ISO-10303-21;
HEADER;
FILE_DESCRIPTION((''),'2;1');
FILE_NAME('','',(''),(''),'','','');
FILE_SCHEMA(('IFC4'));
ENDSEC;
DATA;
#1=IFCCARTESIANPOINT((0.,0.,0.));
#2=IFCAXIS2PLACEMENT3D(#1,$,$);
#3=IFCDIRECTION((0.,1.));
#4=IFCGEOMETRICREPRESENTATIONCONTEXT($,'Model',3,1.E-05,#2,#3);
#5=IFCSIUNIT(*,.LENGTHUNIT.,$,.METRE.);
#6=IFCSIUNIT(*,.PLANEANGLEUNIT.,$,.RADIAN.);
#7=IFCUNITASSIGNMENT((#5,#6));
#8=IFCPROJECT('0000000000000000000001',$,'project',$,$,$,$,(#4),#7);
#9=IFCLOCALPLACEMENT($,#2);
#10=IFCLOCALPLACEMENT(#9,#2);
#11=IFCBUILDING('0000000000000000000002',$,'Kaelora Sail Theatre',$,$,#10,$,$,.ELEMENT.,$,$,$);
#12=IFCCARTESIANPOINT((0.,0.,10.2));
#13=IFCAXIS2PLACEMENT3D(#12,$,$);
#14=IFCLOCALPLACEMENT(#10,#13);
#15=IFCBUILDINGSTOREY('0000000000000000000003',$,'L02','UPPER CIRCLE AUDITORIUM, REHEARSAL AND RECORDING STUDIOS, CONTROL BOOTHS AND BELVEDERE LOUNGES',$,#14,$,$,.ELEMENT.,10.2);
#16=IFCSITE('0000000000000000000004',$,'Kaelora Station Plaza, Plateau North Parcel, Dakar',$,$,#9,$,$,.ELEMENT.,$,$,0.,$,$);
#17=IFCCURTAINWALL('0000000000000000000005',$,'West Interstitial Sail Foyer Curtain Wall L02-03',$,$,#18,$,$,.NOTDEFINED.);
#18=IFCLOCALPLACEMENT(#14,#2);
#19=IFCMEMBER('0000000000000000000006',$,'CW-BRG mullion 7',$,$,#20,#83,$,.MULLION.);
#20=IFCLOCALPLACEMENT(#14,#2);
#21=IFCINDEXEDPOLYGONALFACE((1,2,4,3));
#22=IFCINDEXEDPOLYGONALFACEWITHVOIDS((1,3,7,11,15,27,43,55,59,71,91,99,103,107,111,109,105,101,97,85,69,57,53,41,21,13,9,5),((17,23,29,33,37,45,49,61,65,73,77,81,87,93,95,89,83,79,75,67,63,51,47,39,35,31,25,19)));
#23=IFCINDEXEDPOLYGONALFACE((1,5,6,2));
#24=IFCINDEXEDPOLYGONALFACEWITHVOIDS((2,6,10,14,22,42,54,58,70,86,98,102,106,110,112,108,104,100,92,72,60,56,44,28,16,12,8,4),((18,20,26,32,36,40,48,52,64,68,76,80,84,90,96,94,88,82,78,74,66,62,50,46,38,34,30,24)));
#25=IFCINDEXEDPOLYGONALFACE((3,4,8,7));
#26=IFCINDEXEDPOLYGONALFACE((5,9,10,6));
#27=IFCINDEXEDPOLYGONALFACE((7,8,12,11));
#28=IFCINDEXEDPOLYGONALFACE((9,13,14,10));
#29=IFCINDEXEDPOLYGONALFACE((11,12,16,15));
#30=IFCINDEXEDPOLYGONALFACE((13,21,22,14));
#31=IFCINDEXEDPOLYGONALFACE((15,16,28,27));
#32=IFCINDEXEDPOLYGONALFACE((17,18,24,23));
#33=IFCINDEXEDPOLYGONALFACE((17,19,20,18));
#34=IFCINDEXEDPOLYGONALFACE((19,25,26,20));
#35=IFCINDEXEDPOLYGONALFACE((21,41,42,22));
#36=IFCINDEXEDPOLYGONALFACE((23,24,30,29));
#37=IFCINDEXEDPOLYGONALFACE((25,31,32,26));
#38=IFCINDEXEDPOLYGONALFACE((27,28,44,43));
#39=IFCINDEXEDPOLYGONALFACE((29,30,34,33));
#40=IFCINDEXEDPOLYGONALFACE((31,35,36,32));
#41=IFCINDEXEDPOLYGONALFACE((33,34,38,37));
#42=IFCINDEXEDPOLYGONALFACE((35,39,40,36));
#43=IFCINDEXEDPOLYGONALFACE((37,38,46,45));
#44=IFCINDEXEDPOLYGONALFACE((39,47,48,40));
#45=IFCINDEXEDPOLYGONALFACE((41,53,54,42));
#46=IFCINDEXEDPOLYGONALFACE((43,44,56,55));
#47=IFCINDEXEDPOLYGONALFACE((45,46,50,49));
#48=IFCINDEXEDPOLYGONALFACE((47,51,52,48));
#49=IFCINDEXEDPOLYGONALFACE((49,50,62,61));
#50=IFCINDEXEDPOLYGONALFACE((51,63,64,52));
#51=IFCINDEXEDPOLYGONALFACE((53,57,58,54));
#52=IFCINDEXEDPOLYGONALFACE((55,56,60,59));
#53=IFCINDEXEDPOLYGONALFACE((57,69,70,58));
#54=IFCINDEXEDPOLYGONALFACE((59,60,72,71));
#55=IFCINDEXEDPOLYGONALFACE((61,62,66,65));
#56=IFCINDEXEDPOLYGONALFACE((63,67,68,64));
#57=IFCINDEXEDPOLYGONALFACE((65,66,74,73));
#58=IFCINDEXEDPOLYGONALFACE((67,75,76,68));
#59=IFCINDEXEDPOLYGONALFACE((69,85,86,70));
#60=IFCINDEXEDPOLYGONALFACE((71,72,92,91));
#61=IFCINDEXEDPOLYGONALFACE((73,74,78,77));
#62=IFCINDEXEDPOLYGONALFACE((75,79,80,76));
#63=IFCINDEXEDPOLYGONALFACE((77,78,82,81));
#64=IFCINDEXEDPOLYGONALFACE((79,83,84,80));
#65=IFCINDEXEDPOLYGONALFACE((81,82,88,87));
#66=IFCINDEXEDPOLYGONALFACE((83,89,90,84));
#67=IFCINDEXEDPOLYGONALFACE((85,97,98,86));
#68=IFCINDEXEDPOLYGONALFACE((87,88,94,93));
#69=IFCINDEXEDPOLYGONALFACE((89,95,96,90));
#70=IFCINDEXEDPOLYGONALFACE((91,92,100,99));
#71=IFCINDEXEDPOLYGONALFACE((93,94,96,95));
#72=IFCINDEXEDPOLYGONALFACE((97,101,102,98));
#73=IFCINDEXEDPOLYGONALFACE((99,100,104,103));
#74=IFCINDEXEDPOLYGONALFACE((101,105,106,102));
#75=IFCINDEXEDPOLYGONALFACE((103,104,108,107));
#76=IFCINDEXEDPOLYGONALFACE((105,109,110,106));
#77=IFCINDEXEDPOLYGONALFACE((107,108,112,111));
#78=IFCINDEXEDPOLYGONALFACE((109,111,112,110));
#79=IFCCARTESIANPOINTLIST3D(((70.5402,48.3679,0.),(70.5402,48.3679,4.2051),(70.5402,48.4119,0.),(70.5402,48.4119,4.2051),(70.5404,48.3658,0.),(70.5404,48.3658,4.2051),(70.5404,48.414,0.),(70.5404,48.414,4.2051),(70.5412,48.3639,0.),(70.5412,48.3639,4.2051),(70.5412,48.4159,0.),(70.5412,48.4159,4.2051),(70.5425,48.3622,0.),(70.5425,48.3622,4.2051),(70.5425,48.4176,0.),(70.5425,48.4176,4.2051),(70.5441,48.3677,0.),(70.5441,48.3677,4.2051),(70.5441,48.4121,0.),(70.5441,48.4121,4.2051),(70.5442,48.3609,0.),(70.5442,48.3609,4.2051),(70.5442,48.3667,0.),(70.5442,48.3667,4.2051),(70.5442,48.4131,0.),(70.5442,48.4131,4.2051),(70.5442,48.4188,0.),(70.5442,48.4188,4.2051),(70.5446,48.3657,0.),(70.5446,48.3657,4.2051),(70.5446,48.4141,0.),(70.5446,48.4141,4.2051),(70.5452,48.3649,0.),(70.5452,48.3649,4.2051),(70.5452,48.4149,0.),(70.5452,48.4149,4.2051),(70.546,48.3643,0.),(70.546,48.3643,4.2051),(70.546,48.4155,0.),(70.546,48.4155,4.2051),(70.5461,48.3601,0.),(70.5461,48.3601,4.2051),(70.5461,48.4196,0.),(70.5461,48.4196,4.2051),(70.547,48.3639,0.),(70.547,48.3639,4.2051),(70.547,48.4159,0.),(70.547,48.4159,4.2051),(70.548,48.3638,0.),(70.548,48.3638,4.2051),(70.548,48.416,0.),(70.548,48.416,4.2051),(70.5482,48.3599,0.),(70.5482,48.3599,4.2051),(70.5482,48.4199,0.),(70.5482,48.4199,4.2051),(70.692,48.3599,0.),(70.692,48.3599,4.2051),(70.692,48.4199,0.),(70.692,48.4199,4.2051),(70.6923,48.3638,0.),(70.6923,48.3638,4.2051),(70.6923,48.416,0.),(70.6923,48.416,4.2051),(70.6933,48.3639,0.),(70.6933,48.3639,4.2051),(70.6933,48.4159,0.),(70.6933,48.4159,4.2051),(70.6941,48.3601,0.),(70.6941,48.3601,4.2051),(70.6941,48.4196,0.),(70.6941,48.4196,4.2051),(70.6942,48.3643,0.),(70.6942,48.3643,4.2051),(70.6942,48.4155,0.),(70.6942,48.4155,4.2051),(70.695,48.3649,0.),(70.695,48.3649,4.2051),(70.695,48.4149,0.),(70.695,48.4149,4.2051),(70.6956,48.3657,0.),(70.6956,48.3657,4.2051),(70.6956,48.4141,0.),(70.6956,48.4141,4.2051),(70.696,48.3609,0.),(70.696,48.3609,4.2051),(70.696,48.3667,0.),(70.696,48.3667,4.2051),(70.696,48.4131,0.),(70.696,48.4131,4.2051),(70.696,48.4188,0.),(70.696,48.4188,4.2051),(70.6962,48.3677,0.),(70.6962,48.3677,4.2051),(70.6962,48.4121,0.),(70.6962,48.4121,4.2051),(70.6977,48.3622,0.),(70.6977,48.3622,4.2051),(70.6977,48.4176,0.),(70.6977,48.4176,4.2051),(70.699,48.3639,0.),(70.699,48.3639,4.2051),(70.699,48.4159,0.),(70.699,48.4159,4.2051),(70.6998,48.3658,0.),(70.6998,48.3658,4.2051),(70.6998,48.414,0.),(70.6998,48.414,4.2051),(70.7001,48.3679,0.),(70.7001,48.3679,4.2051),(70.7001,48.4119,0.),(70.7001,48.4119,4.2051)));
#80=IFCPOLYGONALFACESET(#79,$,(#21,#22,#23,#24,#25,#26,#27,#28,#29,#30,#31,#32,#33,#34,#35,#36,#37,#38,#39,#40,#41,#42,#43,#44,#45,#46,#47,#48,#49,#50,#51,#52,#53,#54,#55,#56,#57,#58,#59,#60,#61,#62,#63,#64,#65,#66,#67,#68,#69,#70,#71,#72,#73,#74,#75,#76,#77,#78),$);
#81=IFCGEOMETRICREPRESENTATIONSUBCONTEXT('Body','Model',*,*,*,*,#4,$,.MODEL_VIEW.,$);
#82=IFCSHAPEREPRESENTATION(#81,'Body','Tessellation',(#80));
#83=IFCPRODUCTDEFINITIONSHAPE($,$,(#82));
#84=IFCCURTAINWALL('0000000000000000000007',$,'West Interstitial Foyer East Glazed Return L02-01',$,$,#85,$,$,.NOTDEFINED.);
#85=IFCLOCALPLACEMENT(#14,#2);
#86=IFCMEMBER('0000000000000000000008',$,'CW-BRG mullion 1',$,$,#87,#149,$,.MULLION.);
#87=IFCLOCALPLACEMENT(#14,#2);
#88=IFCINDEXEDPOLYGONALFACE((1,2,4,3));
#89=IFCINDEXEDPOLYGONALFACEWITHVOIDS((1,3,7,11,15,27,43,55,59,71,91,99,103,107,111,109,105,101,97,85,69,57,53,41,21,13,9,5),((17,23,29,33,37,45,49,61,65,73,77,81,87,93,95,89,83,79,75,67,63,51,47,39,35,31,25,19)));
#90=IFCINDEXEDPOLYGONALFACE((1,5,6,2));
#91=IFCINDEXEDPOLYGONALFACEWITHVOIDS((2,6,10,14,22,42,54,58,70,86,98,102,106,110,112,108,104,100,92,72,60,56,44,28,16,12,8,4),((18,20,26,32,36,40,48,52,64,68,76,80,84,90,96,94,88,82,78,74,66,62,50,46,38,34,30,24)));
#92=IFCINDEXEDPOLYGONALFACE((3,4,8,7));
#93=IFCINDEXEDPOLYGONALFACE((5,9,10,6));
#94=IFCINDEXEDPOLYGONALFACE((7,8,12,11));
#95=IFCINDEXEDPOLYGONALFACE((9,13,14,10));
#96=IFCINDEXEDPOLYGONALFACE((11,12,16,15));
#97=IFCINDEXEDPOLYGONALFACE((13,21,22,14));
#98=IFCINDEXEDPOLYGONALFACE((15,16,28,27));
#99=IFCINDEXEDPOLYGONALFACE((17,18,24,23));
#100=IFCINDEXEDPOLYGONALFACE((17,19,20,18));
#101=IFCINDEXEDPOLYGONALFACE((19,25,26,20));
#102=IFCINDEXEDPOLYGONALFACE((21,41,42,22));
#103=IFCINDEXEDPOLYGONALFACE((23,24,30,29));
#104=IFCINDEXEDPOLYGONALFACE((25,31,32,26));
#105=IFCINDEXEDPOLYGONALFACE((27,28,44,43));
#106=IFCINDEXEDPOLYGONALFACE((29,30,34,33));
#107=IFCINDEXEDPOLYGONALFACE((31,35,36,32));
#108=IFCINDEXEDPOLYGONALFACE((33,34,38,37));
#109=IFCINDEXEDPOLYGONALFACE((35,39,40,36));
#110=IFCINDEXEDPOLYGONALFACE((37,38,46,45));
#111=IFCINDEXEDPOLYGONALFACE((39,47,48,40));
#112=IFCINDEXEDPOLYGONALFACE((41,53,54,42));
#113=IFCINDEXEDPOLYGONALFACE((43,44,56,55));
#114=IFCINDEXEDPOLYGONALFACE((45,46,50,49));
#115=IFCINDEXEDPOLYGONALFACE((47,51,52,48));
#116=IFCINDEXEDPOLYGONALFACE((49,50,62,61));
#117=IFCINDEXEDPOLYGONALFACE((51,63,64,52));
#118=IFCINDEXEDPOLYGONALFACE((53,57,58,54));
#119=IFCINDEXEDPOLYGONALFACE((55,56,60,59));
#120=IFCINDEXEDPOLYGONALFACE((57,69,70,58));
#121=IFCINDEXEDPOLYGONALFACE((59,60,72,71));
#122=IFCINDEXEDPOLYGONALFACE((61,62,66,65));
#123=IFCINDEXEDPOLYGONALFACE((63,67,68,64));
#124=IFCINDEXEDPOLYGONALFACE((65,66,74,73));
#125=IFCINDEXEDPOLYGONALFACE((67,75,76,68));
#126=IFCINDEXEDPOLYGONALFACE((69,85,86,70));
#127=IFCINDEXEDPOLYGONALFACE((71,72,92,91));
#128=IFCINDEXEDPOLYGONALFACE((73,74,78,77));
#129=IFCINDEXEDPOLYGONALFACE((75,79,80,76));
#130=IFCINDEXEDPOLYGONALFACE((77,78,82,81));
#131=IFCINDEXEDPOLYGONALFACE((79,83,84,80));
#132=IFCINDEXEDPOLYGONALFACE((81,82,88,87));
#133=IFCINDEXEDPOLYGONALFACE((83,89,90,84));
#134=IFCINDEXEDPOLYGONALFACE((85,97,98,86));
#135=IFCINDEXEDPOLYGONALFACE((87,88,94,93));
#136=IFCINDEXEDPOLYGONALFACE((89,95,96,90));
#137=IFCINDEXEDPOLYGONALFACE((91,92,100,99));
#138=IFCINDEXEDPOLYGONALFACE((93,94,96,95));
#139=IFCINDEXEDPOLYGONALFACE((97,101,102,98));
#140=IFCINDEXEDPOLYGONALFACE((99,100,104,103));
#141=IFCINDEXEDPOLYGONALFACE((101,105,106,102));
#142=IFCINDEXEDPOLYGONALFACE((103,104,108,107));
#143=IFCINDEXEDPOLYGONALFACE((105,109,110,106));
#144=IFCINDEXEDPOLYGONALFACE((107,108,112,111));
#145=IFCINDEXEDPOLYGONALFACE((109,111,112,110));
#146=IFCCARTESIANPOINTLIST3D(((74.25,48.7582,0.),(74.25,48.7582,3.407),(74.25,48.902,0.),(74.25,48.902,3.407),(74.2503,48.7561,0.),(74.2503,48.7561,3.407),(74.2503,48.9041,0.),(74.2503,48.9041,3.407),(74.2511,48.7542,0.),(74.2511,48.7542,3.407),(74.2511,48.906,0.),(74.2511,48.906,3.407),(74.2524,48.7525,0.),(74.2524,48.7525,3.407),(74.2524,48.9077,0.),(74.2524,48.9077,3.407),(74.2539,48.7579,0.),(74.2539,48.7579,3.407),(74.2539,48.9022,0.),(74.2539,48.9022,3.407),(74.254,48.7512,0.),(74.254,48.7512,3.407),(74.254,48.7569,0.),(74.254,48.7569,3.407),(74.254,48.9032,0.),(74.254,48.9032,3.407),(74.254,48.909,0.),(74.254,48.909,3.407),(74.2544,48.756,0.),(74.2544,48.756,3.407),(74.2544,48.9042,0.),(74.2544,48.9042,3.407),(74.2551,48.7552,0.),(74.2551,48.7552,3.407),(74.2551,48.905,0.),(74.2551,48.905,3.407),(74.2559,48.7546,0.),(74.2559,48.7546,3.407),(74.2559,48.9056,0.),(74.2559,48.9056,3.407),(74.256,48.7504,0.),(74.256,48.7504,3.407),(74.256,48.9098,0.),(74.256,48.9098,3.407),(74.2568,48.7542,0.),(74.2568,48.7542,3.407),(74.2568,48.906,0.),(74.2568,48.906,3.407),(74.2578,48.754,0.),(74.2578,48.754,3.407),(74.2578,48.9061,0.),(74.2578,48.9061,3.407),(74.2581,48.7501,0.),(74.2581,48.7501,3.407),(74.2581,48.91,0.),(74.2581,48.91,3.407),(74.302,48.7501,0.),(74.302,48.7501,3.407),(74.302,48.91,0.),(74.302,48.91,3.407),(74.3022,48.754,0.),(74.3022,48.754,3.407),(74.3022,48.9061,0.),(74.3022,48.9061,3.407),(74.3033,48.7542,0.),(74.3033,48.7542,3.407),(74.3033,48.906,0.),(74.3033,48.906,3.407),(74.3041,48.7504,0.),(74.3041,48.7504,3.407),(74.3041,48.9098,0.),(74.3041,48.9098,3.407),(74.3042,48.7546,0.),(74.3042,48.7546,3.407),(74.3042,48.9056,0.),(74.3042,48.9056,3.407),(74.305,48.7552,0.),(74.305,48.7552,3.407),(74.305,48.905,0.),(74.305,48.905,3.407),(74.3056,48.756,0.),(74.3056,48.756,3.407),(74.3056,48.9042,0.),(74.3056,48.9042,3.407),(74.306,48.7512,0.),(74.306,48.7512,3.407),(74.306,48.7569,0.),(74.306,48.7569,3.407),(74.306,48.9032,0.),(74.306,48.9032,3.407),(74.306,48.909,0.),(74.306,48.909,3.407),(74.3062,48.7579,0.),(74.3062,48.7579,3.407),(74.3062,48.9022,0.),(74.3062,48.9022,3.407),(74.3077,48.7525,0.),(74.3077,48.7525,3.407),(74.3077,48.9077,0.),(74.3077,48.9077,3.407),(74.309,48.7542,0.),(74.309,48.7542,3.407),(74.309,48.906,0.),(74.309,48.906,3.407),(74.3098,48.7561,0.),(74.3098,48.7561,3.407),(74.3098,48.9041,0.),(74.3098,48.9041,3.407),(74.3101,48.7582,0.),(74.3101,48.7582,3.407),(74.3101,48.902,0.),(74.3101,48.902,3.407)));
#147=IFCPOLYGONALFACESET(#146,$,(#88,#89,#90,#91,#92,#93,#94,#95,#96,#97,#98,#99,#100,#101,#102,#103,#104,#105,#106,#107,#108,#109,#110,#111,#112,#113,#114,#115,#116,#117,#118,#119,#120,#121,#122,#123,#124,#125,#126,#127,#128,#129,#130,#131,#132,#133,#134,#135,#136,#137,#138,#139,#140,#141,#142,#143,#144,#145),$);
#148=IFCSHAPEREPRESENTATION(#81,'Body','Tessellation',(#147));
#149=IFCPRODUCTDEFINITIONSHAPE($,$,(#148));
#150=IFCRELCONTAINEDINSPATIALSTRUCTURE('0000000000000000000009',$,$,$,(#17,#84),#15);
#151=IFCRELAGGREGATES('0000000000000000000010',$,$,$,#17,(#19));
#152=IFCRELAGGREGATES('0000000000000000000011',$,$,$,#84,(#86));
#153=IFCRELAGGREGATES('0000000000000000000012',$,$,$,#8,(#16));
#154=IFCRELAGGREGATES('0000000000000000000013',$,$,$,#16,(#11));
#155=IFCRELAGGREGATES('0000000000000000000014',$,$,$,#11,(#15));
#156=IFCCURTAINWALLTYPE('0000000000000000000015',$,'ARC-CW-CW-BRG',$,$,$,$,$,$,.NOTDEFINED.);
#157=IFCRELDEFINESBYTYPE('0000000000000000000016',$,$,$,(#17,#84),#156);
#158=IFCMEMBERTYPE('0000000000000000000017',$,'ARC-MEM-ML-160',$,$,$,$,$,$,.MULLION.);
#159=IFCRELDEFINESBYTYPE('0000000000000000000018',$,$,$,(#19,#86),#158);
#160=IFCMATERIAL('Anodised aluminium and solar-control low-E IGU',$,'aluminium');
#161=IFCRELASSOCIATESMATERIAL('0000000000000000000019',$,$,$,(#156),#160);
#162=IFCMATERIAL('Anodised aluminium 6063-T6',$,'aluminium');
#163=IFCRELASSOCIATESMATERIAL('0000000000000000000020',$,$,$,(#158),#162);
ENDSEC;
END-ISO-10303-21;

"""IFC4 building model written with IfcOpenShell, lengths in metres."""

from ifc_helpers import new_model, si_unit, direction, frame, origin, origin_2d, place, context, subcontext, project, spatial, hollow_rectangle, extrude, material, material_profile, profile_set, type_object, element, aggregate, save


model = new_model("IFC4")

# Units and contexts
model_context = context("Model", 3, precision=1e-05, world=origin(), true_north=direction((0.0, 1.0)))
body_context = subcontext(model_context, "Body", "Model", "MODEL_VIEW")
ifc_project = project(units=[si_unit("LENGTHUNIT", "METRE"), si_unit("PLANEANGLEUNIT", "RADIAN")], contexts=[model_context])

# Site, building, storey
site_placement = place(None, origin())
site = spatial("IfcSite", under=ifc_project, at=site_placement, Name="Kaelora Station Plaza, Plateau North Parcel, Dakar", CompositionType="ELEMENT", RefElevation=0.0)
building_placement = place(site_placement, origin())
building = spatial("IfcBuilding", under=site, at=building_placement, Name="Kaelora Sail Theatre", CompositionType="ELEMENT")
storey_placement = place(building_placement, frame((0.0, 0.0, 10.2)))
storey = spatial("IfcBuildingStorey", under=building, at=storey_placement, Name="L02", Description="UPPER CIRCLE AUDITORIUM, REHEARSAL AND RECORDING STUDIOS, CONTROL BOOTHS AND BELVEDERE LOUNGES", CompositionType="ELEMENT", Elevation=10.2)

# Curtain wall, member
ifc_material_1 = material(Name="Anodised aluminium and solar-control low-E IGU", Category="aluminium")
curtain_wall_type = type_object("IfcCurtainWallType", Name="ARC-CW-CW-BRG", PredefinedType="NOTDEFINED", material=ifc_material_1)
curtain_wall_1_placement = place(storey_placement, origin())
curtain_wall_1 = element("IfcCurtainWall", 1, at=curtain_wall_1_placement, inside=storey, type_object=curtain_wall_type, Name="West Interstitial Sail Foyer Curtain Wall L02-03", PredefinedType="NOTDEFINED")
ifc_material_2 = material(Name="Anodised aluminium 6063-T6", Category="aluminium")
ifc_material_profile_1 = material_profile(ifc_material_2, hollow_rectangle(XDim=0.0601, YDim=0.1599, WallThickness=0.0039, InnerFilletRadius=0.0039, OuterFilletRadius=0.0081, at=origin_2d()), Name="ALU-MULL 60x160x4")
ifc_profile_set_1 = profile_set([ifc_material_profile_1], Name="Anodised aluminium 6063-T6")
member_type_1 = type_object("IfcMemberType", Name="ARC-MEM-ML-160", PredefinedType="MULLION", material=ifc_profile_set_1)
member_1_placement = place(storey_placement, frame((70.6201, 48.3899, 0.0), z_axis=(0.0, 0.0, 1.0), x_axis=(0.0, 1.0, 0.0)))
member_1 = element("IfcMember", 2, at=member_1_placement, type_object=member_type_1, Name="CW-BRG mullion 7", PredefinedType="MULLION", context=body_context, shape_type="SweptSolid", body=[
    extrude(hollow_rectangle(XDim=0.0601, YDim=0.1599, WallThickness=0.0039, InnerFilletRadius=0.0039, OuterFilletRadius=0.0081, at=origin_2d()), origin(), (0.0, 0.0, 1.0), 4.2051),
])

# Curtain wall, member
curtain_wall_2_placement = place(storey_placement, origin())
curtain_wall_2 = element("IfcCurtainWall", 3, at=curtain_wall_2_placement, inside=storey, type_object=curtain_wall_type, Name="West Interstitial Foyer East Glazed Return L02-01", PredefinedType="NOTDEFINED")
member_2_placement = place(storey_placement, frame((74.28, 48.8301, 0.0), z_axis=(0.0, 0.0, 1.0), x_axis=(-1.0, 0.0, 0.0)))
member_2 = element("IfcMember", 4, at=member_2_placement, type_object=member_type_1, Name="CW-BRG mullion 1", PredefinedType="MULLION", context=body_context, shape_type="SweptSolid", body=[
    extrude(hollow_rectangle(XDim=0.0601, YDim=0.1599, WallThickness=0.0039, InnerFilletRadius=0.0039, OuterFilletRadius=0.0081, at=origin_2d()), origin(), (0.0, 0.0, 1.0), 3.407),
])

aggregate(curtain_wall_1, [member_1])
aggregate(curtain_wall_2, [member_2])

save(model, "model.ifc")
